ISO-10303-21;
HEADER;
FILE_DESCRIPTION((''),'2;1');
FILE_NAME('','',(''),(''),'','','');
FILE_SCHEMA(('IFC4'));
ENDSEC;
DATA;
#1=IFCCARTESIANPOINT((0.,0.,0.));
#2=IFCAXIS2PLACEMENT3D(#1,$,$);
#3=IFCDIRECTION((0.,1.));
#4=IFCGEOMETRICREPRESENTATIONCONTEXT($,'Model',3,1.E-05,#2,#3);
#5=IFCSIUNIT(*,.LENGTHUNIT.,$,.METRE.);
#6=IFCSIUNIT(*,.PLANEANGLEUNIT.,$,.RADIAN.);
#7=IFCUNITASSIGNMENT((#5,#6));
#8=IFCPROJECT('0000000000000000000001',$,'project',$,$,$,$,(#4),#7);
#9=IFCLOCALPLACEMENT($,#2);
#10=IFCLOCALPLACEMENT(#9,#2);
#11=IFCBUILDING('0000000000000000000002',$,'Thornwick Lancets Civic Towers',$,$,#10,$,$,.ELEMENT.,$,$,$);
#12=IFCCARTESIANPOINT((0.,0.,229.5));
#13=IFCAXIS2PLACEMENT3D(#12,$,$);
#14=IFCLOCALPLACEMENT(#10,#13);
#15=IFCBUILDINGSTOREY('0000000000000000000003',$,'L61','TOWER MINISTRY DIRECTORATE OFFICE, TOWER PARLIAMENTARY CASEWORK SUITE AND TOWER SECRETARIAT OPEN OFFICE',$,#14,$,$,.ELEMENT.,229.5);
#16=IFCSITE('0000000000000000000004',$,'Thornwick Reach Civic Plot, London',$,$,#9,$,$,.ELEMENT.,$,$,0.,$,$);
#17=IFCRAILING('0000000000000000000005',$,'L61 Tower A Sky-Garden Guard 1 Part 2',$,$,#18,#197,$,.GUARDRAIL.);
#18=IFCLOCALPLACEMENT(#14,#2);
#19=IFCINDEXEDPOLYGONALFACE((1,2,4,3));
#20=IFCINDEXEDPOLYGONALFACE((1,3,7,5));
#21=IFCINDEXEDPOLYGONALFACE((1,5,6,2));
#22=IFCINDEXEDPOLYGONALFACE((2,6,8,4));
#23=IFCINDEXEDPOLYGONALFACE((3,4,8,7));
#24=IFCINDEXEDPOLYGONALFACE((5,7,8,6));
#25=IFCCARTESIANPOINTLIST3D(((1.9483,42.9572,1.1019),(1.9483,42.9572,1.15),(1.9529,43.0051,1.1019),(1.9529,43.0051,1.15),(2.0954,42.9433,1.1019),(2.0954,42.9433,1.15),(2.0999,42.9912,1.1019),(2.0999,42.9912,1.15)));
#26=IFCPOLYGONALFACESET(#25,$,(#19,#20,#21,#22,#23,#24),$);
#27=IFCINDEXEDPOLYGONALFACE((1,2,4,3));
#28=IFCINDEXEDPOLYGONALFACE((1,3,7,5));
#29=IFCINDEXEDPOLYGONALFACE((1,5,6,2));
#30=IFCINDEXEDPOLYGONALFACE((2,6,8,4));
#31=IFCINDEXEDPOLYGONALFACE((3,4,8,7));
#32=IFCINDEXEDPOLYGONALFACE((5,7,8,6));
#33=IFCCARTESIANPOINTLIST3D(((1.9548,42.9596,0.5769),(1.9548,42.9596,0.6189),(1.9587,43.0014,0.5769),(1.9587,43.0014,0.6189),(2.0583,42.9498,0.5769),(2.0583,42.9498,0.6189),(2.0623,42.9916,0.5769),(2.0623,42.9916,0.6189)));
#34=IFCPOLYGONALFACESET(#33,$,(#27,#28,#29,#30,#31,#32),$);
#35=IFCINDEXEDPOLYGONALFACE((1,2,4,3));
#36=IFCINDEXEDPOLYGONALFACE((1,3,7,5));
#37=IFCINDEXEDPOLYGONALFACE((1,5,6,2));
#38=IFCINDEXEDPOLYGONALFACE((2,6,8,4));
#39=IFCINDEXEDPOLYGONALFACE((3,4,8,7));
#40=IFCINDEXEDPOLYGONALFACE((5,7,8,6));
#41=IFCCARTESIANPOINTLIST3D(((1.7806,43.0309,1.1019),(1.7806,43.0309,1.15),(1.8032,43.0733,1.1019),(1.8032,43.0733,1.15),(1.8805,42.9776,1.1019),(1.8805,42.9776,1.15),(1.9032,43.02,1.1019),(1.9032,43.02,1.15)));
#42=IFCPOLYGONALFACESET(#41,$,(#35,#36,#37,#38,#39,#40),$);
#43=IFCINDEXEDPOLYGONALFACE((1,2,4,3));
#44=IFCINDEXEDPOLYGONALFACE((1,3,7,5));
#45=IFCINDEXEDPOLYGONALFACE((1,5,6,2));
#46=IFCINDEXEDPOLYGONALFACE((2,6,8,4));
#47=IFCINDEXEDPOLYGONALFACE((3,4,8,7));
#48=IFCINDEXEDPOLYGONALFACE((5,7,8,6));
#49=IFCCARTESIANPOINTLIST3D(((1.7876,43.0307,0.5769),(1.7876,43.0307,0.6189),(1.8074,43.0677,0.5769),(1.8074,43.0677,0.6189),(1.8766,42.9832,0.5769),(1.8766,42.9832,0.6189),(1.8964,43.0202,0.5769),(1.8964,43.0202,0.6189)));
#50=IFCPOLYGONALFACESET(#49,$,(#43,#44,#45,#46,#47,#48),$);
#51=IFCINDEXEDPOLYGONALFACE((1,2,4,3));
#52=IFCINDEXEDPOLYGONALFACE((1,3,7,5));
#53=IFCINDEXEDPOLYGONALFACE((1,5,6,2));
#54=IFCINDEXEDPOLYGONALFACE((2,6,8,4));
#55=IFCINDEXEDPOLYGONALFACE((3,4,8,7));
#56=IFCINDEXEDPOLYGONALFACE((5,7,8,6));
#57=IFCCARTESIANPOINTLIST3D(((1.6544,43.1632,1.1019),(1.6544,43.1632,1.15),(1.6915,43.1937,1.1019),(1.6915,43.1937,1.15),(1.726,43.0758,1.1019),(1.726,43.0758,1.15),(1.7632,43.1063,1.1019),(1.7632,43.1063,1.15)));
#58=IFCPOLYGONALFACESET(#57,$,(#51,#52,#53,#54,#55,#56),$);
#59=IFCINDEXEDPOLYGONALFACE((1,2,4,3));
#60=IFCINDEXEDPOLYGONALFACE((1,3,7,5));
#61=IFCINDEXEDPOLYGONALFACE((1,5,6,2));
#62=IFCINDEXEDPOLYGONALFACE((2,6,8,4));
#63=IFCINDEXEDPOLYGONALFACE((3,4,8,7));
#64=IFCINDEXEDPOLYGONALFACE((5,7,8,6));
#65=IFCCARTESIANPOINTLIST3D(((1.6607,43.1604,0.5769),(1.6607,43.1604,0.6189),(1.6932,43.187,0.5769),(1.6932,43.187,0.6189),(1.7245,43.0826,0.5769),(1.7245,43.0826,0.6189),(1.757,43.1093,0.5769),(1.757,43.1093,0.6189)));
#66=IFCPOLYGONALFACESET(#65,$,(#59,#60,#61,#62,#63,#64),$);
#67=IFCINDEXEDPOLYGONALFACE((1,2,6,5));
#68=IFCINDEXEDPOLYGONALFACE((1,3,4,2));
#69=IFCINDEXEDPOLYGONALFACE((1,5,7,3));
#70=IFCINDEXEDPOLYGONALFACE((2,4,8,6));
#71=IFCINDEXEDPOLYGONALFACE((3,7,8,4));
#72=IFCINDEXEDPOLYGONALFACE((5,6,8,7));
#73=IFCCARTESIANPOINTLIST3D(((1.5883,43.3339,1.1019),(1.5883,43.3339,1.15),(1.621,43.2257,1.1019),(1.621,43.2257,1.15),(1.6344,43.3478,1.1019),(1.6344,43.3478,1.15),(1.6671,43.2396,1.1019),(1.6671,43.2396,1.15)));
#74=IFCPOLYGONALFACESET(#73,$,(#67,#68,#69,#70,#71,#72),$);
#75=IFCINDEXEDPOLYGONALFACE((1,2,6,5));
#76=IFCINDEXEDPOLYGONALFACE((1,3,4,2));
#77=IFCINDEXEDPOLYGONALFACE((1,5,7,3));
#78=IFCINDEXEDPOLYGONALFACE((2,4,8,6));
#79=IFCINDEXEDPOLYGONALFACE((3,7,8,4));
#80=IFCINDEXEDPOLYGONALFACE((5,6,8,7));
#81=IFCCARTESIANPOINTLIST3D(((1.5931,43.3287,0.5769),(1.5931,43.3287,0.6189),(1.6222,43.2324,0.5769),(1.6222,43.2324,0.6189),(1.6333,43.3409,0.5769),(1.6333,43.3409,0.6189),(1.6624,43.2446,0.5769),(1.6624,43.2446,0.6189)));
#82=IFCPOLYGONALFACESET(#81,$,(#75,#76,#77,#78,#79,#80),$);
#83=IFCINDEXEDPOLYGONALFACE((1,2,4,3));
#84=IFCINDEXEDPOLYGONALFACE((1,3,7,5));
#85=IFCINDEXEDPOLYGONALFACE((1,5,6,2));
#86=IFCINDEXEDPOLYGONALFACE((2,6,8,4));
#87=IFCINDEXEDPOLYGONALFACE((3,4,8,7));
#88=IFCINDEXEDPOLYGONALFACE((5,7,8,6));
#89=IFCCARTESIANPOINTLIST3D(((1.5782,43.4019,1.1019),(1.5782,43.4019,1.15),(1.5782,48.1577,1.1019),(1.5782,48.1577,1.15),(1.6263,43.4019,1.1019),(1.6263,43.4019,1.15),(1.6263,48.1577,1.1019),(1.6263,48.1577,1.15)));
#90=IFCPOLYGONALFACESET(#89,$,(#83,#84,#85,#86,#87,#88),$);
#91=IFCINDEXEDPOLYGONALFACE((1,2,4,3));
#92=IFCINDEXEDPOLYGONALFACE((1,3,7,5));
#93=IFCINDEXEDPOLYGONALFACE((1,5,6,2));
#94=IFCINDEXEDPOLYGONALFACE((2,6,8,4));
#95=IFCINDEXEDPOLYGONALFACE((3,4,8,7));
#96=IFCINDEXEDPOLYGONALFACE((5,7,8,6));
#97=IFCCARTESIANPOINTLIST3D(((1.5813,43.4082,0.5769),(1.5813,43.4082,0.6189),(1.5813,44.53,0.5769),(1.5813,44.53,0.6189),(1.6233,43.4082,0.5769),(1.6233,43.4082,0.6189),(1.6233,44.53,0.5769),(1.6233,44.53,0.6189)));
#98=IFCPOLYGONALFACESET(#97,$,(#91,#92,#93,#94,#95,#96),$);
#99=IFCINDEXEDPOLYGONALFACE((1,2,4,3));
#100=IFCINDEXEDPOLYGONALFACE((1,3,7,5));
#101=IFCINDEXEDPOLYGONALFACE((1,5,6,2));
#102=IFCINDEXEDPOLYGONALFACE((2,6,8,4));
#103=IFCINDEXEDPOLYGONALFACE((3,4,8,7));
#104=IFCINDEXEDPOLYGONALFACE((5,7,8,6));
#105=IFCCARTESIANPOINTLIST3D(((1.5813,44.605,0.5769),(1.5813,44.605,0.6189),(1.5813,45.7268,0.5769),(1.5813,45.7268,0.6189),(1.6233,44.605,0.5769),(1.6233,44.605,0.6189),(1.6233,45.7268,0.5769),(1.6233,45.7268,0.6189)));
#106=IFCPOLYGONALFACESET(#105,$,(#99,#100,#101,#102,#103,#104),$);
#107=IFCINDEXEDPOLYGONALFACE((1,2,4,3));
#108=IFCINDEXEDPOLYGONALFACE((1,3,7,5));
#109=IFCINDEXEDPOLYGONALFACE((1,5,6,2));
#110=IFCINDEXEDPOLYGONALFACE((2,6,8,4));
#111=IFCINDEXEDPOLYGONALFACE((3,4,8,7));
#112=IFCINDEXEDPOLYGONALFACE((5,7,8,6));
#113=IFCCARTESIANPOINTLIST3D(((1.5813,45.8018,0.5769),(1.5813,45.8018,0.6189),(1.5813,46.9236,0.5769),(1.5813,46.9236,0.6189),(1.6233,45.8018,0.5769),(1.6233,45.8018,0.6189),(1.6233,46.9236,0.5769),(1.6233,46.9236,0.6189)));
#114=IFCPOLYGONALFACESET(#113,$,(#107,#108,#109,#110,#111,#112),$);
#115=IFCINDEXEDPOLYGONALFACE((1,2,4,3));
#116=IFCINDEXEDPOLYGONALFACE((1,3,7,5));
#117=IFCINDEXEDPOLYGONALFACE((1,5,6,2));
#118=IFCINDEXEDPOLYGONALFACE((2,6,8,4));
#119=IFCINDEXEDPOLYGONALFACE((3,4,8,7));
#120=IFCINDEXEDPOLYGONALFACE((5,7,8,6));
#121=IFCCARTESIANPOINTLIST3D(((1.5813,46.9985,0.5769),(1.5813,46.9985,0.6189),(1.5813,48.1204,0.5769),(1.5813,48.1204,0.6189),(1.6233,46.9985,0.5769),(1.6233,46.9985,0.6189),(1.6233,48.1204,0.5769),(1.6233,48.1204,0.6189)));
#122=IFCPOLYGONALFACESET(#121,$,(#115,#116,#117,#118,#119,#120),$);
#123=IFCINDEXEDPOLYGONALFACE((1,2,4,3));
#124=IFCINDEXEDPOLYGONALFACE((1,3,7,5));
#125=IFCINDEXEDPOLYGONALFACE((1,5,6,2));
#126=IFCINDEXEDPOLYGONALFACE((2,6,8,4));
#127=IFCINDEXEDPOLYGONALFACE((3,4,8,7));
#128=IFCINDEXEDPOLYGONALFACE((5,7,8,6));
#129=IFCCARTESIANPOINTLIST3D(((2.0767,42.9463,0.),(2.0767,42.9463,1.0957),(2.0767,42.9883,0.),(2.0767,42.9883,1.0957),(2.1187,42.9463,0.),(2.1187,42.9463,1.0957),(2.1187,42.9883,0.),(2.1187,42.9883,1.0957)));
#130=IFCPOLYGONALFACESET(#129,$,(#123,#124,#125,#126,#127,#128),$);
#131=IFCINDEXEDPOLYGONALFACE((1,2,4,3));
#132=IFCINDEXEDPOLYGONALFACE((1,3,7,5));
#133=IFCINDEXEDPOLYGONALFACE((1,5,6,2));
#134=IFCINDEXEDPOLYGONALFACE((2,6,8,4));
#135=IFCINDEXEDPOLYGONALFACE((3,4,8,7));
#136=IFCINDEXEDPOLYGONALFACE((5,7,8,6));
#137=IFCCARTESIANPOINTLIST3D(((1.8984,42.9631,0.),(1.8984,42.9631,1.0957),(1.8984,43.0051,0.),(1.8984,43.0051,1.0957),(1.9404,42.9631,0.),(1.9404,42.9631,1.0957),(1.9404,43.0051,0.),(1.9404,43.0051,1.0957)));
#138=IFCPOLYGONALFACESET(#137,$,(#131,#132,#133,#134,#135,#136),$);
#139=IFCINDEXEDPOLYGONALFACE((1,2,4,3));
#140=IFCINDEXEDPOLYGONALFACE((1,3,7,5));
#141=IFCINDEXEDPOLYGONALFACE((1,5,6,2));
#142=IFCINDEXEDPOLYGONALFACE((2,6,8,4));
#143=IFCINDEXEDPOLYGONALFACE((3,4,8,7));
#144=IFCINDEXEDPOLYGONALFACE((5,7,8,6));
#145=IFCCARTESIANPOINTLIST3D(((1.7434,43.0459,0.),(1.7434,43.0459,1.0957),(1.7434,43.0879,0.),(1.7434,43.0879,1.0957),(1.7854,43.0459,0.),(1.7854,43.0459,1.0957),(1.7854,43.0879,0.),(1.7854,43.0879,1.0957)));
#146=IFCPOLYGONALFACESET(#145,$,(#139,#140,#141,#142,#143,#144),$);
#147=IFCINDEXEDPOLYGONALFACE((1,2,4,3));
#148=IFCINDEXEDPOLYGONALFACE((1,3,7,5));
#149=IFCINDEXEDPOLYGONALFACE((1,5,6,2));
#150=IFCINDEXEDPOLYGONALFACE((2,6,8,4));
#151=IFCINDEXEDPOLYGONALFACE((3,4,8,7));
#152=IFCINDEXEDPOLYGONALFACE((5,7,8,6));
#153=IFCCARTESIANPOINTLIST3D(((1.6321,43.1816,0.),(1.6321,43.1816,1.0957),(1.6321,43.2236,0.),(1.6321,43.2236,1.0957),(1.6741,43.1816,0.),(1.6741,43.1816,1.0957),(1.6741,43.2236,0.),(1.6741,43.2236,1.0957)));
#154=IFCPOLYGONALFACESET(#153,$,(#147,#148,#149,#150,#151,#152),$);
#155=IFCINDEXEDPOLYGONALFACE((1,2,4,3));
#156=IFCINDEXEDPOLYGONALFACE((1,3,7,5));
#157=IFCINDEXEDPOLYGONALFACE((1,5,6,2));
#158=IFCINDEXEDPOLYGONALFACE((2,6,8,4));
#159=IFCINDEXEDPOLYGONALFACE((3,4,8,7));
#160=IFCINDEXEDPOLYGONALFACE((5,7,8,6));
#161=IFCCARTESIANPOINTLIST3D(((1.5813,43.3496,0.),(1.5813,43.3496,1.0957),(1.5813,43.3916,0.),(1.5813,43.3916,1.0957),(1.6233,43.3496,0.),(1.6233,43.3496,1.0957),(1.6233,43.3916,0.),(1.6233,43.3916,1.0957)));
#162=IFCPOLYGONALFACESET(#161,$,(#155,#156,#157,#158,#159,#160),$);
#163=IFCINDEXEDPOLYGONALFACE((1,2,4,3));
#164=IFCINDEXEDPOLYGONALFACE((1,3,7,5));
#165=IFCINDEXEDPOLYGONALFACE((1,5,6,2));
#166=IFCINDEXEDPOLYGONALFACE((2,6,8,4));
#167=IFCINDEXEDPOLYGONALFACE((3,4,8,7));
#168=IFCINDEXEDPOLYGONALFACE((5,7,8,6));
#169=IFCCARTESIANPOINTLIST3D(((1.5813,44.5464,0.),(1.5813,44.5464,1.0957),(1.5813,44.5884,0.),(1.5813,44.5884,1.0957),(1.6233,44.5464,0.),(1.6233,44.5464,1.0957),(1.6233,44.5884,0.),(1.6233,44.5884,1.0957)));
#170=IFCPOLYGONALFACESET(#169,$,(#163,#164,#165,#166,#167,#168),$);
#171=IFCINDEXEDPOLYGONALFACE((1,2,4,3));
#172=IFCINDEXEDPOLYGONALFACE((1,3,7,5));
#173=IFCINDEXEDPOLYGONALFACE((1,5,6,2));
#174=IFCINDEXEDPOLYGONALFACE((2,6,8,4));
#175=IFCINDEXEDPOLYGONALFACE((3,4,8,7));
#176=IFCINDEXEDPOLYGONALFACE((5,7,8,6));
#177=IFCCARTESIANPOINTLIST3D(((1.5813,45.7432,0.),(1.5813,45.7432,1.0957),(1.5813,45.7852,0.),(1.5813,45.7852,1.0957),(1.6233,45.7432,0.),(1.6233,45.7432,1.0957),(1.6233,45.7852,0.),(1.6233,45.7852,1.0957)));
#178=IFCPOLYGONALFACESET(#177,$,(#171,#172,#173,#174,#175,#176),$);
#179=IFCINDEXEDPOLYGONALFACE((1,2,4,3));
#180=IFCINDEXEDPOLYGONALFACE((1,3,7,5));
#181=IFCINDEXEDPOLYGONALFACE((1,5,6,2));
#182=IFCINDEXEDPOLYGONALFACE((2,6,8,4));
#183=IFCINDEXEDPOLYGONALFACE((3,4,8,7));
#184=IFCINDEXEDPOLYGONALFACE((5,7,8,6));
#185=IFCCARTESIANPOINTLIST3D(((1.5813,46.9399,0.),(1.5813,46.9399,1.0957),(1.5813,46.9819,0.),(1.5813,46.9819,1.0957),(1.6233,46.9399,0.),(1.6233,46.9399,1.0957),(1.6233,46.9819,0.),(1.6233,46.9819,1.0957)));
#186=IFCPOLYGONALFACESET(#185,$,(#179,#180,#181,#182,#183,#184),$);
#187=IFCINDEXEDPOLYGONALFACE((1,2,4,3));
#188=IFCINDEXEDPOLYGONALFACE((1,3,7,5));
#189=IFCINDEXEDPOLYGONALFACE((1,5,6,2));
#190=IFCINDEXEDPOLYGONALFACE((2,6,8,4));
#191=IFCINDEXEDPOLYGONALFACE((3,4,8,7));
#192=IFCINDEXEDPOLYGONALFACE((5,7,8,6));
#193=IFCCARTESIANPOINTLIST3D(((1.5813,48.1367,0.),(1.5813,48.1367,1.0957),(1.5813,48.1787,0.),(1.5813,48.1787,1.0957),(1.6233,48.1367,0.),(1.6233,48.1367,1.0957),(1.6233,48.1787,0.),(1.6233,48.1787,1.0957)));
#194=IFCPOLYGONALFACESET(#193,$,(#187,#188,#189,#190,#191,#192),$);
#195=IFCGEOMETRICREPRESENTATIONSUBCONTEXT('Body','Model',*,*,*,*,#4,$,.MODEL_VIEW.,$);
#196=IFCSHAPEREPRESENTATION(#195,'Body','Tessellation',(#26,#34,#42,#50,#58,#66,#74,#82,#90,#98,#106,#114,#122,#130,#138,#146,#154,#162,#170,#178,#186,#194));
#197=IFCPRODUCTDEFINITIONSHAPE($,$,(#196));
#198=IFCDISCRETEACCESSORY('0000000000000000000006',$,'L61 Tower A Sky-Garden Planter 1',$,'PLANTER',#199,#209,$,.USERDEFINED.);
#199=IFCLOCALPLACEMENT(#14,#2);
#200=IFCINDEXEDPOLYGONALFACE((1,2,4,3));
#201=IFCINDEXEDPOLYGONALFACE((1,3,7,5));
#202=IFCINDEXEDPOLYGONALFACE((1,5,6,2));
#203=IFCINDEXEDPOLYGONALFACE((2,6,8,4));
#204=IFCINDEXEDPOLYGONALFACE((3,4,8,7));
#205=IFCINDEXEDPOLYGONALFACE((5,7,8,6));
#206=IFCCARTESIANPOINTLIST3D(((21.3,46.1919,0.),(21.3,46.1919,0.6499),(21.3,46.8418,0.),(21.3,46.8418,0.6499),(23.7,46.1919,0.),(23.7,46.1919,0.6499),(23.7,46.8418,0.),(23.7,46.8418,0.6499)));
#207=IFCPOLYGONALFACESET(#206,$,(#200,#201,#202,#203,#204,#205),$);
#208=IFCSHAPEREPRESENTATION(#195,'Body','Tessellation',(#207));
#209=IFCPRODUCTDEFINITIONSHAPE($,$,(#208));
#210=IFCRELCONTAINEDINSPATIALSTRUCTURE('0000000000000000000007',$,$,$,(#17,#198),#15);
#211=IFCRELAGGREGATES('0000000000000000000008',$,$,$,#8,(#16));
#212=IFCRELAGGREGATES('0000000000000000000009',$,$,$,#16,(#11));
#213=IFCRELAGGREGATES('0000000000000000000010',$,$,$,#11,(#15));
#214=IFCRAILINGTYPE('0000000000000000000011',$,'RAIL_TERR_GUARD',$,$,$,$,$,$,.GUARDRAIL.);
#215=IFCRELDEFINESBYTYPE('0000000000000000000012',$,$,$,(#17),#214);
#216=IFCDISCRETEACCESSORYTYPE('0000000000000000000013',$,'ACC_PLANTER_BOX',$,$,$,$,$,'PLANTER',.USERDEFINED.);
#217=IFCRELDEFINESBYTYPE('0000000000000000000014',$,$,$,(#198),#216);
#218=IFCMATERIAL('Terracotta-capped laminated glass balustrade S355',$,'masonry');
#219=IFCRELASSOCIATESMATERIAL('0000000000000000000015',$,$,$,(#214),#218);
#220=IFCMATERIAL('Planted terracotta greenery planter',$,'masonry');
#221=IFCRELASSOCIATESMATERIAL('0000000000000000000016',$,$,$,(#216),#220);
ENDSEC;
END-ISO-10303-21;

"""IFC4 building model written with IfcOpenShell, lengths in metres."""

from ifc_helpers import new_model, si_unit, direction, frame, origin, origin_2d, place, context, subcontext, project, spatial, rectangle, extrude, material, type_object, element, save


model = new_model("IFC4")

# Units and contexts
model_context = context("Model", 3, precision=1e-05, world=origin(), true_north=direction((0.0, 1.0)))
body_context = subcontext(model_context, "Body", "Model", "MODEL_VIEW")
ifc_project = project(units=[si_unit("LENGTHUNIT", "METRE"), si_unit("PLANEANGLEUNIT", "RADIAN")], contexts=[model_context])

# Site, building, storey
site_placement = place(None, origin())
site = spatial("IfcSite", under=ifc_project, at=site_placement, Name="Thornwick Reach Civic Plot, London", CompositionType="ELEMENT", RefElevation=0.0)
building_placement = place(site_placement, origin())
building = spatial("IfcBuilding", under=site, at=building_placement, Name="Thornwick Lancets Civic Towers", CompositionType="ELEMENT")
storey_placement = place(building_placement, frame((0.0, 0.0, 229.5)))
storey = spatial("IfcBuildingStorey", under=building, at=storey_placement, Name="L61", Description="TOWER MINISTRY DIRECTORATE OFFICE, TOWER PARLIAMENTARY CASEWORK SUITE AND TOWER SECRETARIAT OPEN OFFICE", CompositionType="ELEMENT", Elevation=229.5)

# Railing
ifc_material_1 = material(Name="Terracotta-capped laminated glass balustrade S355", Category="masonry")
railing_type = type_object("IfcRailingType", Name="RAIL_TERR_GUARD", PredefinedType="GUARDRAIL", material=ifc_material_1)
railing_1_placement = place(storey_placement, frame((2.0977, 42.9673, 0.0)))
element("IfcRailing", 1, at=railing_1_placement, inside=storey, type_object=railing_type, Name="L61 Tower A Sky-Garden Guard 1 Part 2", PredefinedType="GUARDRAIL", context=body_context, shape_type="SweptSolid", body=[
    extrude(rectangle(XDim=0.0481, YDim=0.0481, at=origin_2d()), frame((0.0, 0.0, 1.126), z_axis=(-0.995563, 0.094101, 0.0), x_axis=(-0.094101, -0.995563, 0.0)), (0.0, 0.0, 1.0), 0.1477),
    extrude(rectangle(XDim=0.042, YDim=0.042, at=origin_2d()), frame((-0.0374, 0.0034, 0.5979), z_axis=(-0.995563, 0.094101, 0.0), x_axis=(-0.094101, -0.995563, 0.0)), (0.0, 0.0, 1.0), 0.104),
    extrude(rectangle(XDim=0.0481, YDim=0.0481, at=origin_2d()), frame((-0.2058, 0.0315, 1.126), z_axis=(-0.882161, 0.470949, 0.0), x_axis=(-0.470949, -0.882161, 0.0)), (0.0, 0.0, 1.0), 0.1133),
    extrude(rectangle(XDim=0.042, YDim=0.042, at=origin_2d()), frame((-0.2112, 0.0344, 0.5979), z_axis=(-0.882161, 0.470949, 0.0), x_axis=(-0.470949, -0.882161, 0.0)), (0.0, 0.0, 1.0), 0.1008),
    extrude(rectangle(XDim=0.0481, YDim=0.0481, at=origin_2d()), frame((-0.353, 0.1238, 1.126), z_axis=(-0.634146, 0.773213, 0.0), x_axis=(-0.773213, -0.634146, 0.0)), (0.0, 0.0, 1.0), 0.113),
    extrude(rectangle(XDim=0.042, YDim=0.042, at=origin_2d()), frame((-0.3569, 0.1287, 0.5979), z_axis=(-0.634146, 0.773213, 0.0), x_axis=(-0.773213, -0.634146, 0.0)), (0.0, 0.0, 1.0), 0.1006),
    extrude(rectangle(XDim=0.0481, YDim=0.0481, at=origin_2d()), frame((-0.4536, 0.2654, 1.126), z_axis=(-0.28939, 0.957211, 0.0), x_axis=(-0.957211, -0.28939, 0.0)), (0.0, 0.0, 1.0), 0.113),
    extrude(rectangle(XDim=0.042, YDim=0.042, at=origin_2d()), frame((-0.4553, 0.2712, 0.5979), z_axis=(-0.28939, 0.957211, 0.0), x_axis=(-0.957211, -0.28939, 0.0)), (0.0, 0.0, 1.0), 0.1006),
    extrude(rectangle(XDim=0.0481, YDim=0.0481, at=origin_2d()), frame((-0.4954, 0.4346, 1.126), z_axis=(0.0, 1.0, 0.0), x_axis=(-1.0, 0.0, 0.0)), (0.0, 0.0, 1.0), 4.7559),
    extrude(rectangle(XDim=0.042, YDim=0.042, at=origin_2d()), frame((-0.4954, 0.4409, 0.5979), z_axis=(0.0, 1.0, 0.0), x_axis=(-1.0, 0.0, 0.0)), (0.0, 0.0, 1.0), 1.1218),
    extrude(rectangle(XDim=0.042, YDim=0.042, at=origin_2d()), frame((-0.4954, 1.6377, 0.5979), z_axis=(0.0, 1.0, 0.0), x_axis=(-1.0, 0.0, 0.0)), (0.0, 0.0, 1.0), 1.1218),
    extrude(rectangle(XDim=0.042, YDim=0.042, at=origin_2d()), frame((-0.4954, 2.8345, 0.5979), z_axis=(0.0, 1.0, 0.0), x_axis=(-1.0, 0.0, 0.0)), (0.0, 0.0, 1.0), 1.1218),
    extrude(rectangle(XDim=0.042, YDim=0.042, at=origin_2d()), frame((-0.4954, 4.0312, 0.5979), z_axis=(0.0, 1.0, 0.0), x_axis=(-1.0, 0.0, 0.0)), (0.0, 0.0, 1.0), 1.1218),
    extrude(rectangle(XDim=0.042, YDim=0.042, at=origin_2d()), origin(), (0.0, 0.0, 1.0), 1.0957),
    extrude(rectangle(XDim=0.042, YDim=0.042, at=origin_2d()), frame((-0.1782, 0.0168, 0.0)), (0.0, 0.0, 1.0), 1.0957),
    extrude(rectangle(XDim=0.042, YDim=0.042, at=origin_2d()), frame((-0.3333, 0.0996, 0.0)), (0.0, 0.0, 1.0), 1.0957),
    extrude(rectangle(XDim=0.042, YDim=0.042, at=origin_2d()), frame((-0.4446, 0.2354, 0.0)), (0.0, 0.0, 1.0), 1.0957),
    extrude(rectangle(XDim=0.042, YDim=0.042, at=origin_2d()), frame((-0.4954, 0.4033, 0.0)), (0.0, 0.0, 1.0), 1.0957),
    extrude(rectangle(XDim=0.042, YDim=0.042, at=origin_2d()), frame((-0.4954, 1.6001, 0.0)), (0.0, 0.0, 1.0), 1.0957),
    extrude(rectangle(XDim=0.042, YDim=0.042, at=origin_2d()), frame((-0.4954, 2.7969, 0.0)), (0.0, 0.0, 1.0), 1.0957),
    extrude(rectangle(XDim=0.042, YDim=0.042, at=origin_2d()), frame((-0.4954, 3.9937, 0.0)), (0.0, 0.0, 1.0), 1.0957),
    extrude(rectangle(XDim=0.042, YDim=0.042, at=origin_2d()), frame((-0.4954, 5.1904, 0.0)), (0.0, 0.0, 1.0), 1.0957),
])

# Discrete accessory
ifc_material_2 = material(Name="Planted terracotta greenery planter", Category="masonry")
discrete_accessory_type = type_object("IfcDiscreteAccessoryType", Name="ACC_PLANTER_BOX", ElementType="PLANTER", PredefinedType="USERDEFINED", material=ifc_material_2)
discrete_accessory_placement = place(storey_placement, frame((22.5, 46.5168, 0.0), z_axis=(0.0, 0.0, 1.0), x_axis=(1.0, 0.0, 0.0)))
element("IfcDiscreteAccessory", 2, at=discrete_accessory_placement, inside=storey, type_object=discrete_accessory_type, Name="L61 Tower A Sky-Garden Planter 1", ObjectType="PLANTER", PredefinedType="USERDEFINED", context=body_context, shape_type="SweptSolid", body=[
    extrude(rectangle(XDim=2.3999, YDim=0.6499, at=origin_2d()), origin(), (0.0, 0.0, 1.0), 0.6499),
])

save(model, "model.ifc")
